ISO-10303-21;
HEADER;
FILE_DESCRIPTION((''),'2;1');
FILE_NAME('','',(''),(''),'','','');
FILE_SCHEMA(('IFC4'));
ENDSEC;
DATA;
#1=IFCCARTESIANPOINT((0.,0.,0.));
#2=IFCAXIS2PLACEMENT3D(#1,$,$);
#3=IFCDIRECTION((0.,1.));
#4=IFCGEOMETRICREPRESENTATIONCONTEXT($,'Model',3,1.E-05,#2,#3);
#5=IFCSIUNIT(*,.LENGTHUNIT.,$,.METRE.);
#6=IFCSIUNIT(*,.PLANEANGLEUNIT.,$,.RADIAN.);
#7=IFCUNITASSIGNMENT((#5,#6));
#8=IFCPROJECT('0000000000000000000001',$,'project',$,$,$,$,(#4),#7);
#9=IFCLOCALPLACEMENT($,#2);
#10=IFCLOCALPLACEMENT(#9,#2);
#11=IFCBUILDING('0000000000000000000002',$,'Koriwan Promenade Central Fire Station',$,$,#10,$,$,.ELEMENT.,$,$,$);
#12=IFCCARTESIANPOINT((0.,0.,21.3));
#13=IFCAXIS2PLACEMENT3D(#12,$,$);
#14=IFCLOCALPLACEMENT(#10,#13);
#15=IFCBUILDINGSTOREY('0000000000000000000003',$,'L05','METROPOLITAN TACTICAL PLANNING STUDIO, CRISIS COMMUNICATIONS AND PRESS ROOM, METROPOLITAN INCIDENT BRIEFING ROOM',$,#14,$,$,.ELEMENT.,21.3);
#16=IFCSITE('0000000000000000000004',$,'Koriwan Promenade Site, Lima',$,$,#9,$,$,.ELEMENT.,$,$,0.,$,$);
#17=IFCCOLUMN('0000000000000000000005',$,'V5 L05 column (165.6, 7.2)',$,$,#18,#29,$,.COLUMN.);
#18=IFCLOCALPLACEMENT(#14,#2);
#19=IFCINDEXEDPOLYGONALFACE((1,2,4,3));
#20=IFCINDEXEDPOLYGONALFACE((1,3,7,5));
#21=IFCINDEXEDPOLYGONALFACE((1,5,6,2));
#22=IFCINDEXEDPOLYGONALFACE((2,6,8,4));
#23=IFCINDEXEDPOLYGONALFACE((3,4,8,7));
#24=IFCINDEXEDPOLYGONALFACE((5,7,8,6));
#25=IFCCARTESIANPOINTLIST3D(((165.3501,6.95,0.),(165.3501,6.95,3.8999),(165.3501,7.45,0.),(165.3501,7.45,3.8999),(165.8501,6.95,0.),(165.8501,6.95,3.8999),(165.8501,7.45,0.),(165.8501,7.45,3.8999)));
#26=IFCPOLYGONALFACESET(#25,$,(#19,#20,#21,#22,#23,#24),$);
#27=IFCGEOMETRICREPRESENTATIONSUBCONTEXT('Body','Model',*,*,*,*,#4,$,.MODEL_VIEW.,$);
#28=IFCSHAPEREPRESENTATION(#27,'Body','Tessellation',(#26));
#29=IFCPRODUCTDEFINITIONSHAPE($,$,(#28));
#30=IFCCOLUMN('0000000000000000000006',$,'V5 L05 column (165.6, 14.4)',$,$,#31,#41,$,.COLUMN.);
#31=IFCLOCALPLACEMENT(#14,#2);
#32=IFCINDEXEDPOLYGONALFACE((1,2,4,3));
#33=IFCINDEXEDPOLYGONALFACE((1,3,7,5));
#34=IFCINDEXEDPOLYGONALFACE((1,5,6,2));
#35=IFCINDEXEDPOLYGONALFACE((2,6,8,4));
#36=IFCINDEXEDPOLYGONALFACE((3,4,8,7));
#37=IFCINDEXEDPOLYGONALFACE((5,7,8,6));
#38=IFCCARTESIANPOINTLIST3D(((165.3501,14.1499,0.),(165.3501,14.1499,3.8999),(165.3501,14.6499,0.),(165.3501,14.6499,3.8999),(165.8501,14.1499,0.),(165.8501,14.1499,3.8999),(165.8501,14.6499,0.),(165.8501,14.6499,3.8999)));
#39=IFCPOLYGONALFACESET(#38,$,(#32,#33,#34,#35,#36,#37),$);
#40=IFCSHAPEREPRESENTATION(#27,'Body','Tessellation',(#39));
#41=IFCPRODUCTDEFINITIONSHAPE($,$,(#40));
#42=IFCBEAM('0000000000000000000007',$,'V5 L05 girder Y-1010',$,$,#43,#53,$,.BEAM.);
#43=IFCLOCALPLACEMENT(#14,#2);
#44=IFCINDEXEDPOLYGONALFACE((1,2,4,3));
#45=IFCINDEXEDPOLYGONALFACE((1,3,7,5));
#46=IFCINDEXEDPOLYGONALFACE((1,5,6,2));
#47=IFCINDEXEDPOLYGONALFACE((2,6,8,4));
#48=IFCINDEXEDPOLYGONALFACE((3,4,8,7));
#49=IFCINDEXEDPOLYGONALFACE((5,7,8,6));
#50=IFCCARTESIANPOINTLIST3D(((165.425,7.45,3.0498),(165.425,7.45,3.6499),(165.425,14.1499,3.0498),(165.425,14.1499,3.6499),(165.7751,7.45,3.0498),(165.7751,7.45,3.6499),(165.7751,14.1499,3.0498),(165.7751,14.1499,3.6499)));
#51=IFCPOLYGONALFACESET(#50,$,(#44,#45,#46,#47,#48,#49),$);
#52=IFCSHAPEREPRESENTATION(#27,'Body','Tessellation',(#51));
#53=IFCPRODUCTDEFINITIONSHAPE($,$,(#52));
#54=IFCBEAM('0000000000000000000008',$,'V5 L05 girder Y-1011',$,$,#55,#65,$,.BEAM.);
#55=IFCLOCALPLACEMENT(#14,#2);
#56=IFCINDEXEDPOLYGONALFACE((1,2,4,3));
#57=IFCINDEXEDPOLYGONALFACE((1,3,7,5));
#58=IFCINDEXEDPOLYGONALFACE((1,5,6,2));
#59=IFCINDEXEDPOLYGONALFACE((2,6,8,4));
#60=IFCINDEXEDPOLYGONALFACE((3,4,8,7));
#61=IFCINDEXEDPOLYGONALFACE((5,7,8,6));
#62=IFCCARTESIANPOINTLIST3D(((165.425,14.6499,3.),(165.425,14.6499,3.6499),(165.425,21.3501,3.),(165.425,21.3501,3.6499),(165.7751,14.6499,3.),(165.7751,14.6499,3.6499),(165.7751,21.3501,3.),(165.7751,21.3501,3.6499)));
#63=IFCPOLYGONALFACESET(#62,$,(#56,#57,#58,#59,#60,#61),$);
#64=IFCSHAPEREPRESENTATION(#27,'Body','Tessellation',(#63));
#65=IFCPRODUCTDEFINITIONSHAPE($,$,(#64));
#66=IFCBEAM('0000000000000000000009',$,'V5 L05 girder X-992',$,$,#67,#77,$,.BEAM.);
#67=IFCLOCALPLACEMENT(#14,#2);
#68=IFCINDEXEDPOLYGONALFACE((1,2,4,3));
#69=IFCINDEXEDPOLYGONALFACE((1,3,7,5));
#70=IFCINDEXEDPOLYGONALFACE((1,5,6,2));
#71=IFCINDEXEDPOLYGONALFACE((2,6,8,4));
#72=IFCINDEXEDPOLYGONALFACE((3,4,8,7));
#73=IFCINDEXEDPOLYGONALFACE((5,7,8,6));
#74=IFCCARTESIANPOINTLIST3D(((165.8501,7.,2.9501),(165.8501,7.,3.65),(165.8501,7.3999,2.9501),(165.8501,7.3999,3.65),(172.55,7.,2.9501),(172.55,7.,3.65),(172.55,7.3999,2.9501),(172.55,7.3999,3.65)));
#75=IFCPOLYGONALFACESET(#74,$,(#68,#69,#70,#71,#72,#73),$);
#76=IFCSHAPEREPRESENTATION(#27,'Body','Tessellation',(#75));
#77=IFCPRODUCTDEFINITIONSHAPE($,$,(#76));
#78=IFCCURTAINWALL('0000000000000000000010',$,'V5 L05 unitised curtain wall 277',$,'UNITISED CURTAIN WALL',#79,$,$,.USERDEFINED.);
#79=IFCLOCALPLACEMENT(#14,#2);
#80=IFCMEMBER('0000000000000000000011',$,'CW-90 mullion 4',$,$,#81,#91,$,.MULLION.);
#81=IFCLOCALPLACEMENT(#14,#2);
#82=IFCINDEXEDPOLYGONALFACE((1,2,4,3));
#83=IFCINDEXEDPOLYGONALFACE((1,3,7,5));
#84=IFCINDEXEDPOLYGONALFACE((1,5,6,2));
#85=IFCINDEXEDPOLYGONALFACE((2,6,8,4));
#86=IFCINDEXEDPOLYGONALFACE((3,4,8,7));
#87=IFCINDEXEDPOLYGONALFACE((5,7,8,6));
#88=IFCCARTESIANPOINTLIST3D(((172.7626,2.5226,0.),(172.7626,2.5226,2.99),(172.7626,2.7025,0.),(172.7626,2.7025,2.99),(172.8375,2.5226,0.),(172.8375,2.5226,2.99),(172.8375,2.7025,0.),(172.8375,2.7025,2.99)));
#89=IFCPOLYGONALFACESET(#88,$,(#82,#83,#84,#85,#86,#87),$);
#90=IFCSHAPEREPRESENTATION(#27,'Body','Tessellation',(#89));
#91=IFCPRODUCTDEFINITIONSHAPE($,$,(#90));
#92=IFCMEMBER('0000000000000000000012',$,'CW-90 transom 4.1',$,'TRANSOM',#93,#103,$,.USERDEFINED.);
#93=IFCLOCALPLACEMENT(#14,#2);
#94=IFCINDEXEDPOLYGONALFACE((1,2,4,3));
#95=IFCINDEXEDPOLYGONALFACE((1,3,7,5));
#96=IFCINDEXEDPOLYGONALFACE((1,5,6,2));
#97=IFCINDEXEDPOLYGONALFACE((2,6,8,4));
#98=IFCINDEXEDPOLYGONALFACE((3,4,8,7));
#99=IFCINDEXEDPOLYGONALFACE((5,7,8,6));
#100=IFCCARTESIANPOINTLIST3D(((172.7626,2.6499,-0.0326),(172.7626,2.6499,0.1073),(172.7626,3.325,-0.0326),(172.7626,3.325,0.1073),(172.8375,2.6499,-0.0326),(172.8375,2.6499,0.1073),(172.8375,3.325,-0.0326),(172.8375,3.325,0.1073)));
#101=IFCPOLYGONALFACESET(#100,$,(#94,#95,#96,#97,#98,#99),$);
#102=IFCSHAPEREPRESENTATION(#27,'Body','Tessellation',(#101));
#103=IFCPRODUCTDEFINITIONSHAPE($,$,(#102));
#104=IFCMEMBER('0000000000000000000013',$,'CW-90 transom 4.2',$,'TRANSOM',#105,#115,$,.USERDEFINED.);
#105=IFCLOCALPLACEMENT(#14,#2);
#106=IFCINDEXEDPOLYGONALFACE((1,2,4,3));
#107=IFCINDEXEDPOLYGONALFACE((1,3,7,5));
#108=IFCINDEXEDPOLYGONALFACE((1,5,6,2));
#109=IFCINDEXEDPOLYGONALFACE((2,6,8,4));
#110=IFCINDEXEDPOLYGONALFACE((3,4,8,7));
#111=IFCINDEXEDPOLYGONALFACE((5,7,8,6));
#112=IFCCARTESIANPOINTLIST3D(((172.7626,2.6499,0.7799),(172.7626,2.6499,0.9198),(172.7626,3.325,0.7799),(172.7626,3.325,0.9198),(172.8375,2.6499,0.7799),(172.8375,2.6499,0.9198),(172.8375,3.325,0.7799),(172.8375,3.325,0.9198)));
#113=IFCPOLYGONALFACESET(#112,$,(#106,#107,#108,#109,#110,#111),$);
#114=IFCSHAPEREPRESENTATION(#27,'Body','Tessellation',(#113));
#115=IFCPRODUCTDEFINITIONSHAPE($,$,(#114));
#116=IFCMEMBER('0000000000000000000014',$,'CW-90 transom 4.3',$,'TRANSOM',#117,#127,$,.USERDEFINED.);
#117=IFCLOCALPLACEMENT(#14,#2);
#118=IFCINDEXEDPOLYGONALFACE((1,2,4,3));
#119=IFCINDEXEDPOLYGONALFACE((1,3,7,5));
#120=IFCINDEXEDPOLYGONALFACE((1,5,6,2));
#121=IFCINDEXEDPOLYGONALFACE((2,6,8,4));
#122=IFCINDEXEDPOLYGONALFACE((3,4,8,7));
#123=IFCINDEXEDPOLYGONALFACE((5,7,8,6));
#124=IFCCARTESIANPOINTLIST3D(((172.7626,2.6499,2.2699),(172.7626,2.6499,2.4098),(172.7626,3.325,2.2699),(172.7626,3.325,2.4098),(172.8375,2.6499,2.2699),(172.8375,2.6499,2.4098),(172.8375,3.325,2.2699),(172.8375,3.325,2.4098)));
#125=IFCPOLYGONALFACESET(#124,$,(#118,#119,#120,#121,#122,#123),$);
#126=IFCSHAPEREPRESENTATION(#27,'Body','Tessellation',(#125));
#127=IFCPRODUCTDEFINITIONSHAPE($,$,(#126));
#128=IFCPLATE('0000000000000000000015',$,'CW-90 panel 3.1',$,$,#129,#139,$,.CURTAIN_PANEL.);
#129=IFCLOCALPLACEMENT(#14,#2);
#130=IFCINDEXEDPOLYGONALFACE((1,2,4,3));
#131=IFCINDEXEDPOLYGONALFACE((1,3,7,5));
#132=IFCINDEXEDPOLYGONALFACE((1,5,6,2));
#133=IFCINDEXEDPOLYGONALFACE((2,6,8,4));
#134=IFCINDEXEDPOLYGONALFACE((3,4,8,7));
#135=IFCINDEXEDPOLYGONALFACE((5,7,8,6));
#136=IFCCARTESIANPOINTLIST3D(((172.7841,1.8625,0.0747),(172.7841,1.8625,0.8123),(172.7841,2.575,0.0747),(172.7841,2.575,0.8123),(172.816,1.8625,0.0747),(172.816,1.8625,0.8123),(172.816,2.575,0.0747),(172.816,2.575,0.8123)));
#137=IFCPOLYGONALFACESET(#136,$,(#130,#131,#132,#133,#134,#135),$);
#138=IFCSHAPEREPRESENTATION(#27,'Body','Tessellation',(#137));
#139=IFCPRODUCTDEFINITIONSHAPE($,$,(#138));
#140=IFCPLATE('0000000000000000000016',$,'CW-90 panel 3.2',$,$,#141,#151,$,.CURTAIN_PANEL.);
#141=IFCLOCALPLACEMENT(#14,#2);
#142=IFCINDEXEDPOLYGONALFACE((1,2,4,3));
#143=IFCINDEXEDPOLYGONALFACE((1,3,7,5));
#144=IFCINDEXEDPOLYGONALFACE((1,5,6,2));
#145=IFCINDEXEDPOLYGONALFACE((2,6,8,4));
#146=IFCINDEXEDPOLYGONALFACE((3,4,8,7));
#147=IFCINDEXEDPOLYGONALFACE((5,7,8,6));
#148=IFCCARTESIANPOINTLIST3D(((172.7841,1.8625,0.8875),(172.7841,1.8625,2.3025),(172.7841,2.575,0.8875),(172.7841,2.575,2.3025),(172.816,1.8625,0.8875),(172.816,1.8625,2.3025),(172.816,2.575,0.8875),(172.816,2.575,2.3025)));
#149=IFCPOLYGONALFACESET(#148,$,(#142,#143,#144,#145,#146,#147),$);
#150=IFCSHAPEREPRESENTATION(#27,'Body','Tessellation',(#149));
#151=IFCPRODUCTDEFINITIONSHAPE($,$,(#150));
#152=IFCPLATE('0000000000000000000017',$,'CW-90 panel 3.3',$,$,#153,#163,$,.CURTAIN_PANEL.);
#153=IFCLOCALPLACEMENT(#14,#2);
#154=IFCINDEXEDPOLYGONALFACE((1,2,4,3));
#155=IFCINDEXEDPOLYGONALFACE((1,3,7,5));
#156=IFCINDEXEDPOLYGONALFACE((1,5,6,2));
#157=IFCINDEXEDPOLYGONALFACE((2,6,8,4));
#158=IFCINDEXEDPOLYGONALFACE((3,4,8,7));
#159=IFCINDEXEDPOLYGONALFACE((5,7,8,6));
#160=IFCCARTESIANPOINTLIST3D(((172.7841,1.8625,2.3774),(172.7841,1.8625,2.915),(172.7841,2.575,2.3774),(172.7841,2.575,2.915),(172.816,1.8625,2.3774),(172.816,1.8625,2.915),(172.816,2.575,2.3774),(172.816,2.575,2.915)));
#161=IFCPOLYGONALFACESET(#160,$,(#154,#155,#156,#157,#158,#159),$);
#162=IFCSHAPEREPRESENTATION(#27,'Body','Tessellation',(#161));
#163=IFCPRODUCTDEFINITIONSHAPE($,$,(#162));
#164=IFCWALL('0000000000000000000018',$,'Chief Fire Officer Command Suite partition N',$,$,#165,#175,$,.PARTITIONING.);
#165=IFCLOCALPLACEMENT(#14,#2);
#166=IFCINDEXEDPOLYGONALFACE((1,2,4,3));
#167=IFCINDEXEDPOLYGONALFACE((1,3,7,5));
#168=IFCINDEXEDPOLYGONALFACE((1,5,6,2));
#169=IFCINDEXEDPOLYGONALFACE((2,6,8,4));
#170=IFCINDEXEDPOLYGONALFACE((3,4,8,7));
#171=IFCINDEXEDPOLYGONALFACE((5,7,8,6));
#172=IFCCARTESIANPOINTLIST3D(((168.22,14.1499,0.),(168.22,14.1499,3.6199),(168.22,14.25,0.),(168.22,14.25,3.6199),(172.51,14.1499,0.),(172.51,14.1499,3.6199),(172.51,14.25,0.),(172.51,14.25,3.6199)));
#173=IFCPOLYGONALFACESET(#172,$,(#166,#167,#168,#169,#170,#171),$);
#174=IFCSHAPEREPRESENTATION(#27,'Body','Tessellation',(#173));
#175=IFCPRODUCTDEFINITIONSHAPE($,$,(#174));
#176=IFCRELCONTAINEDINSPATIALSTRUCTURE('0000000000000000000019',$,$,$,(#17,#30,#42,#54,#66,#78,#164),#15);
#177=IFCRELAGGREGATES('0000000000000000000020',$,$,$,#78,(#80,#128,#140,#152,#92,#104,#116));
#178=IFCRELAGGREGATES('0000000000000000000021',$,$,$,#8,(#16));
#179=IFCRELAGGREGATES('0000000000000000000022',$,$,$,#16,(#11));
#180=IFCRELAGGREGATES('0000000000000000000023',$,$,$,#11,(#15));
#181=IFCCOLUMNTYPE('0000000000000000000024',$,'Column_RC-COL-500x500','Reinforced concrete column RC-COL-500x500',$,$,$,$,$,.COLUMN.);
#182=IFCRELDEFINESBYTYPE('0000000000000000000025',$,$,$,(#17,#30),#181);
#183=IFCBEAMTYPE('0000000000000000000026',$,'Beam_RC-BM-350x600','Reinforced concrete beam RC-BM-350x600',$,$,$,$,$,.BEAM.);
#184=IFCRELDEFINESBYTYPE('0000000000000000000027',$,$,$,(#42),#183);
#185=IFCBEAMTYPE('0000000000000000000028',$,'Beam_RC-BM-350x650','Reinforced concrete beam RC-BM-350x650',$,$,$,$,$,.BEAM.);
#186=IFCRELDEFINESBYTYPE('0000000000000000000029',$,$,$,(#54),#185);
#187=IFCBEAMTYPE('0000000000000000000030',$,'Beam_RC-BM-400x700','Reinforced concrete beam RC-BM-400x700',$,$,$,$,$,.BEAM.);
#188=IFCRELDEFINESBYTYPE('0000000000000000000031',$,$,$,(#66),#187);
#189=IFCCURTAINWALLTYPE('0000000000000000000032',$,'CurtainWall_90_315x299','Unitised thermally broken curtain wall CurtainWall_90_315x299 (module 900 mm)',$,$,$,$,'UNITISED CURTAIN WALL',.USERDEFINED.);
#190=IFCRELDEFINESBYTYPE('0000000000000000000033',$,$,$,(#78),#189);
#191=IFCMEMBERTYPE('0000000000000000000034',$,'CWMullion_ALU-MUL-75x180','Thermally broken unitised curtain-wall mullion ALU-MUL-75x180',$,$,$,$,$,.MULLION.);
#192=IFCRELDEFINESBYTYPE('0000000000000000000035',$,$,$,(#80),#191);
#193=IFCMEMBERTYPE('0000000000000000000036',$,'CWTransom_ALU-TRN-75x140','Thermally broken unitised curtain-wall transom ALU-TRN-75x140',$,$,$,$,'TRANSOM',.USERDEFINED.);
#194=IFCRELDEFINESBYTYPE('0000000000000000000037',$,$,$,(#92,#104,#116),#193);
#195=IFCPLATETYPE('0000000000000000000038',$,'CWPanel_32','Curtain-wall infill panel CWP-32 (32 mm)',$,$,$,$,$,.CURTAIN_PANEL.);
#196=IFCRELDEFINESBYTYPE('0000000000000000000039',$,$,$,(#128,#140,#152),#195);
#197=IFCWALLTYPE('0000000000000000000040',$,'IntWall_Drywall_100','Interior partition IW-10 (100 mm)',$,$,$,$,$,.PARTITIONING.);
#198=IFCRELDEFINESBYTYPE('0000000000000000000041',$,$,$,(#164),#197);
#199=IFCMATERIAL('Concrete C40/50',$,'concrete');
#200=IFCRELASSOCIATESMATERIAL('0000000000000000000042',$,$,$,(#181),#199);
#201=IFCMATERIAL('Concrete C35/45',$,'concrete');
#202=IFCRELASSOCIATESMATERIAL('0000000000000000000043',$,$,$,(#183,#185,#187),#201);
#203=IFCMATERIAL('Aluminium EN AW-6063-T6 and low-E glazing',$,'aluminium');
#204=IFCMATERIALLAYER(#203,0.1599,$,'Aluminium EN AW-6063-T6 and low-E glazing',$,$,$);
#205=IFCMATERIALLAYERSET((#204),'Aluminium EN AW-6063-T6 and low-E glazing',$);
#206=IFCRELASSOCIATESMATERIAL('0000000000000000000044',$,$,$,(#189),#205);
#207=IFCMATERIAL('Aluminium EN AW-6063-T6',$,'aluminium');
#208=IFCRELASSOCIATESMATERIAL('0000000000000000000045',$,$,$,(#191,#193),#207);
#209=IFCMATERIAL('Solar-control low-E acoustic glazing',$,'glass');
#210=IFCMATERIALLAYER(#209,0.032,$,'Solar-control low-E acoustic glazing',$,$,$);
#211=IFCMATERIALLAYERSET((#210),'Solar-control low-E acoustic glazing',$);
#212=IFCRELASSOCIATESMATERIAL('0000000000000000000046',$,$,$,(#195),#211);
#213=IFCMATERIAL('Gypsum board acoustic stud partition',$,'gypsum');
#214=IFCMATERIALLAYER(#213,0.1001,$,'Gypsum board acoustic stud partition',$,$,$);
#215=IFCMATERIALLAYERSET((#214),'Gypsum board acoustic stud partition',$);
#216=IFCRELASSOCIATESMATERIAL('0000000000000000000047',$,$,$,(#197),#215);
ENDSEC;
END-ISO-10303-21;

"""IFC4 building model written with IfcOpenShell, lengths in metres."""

from ifc_helpers import new_model, si_unit, direction, frame, frame_2d, origin, origin_2d, place, context, subcontext, project, spatial, rectangle, extrude, material, layer, layer_set, material_profile, profile_set, type_object, element, aggregate, save


model = new_model("IFC4")

# Units and contexts
model_context = context("Model", 3, precision=1e-05, world=origin(), true_north=direction((0.0, 1.0)))
body_context = subcontext(model_context, "Body", "Model", "MODEL_VIEW")
ifc_project = project(units=[si_unit("LENGTHUNIT", "METRE"), si_unit("PLANEANGLEUNIT", "RADIAN")], contexts=[model_context])

# Site, building, storey
site_placement = place(None, origin())
site = spatial("IfcSite", under=ifc_project, at=site_placement, Name="Koriwan Promenade Site, Lima", CompositionType="ELEMENT", RefElevation=0.0)
building_placement = place(site_placement, origin())
building = spatial("IfcBuilding", under=site, at=building_placement, Name="Koriwan Promenade Central Fire Station", CompositionType="ELEMENT")
storey_placement = place(building_placement, frame((0.0, 0.0, 21.3)))
storey = spatial("IfcBuildingStorey", under=building, at=storey_placement, Name="L05", Description="METROPOLITAN TACTICAL PLANNING STUDIO, CRISIS COMMUNICATIONS AND PRESS ROOM, METROPOLITAN INCIDENT BRIEFING ROOM", CompositionType="ELEMENT", Elevation=21.3)

# Columns
ifc_material_1 = material(Name="Concrete C40/50", Category="concrete")
ifc_material_profile_1 = material_profile(ifc_material_1, rectangle(XDim=0.5, YDim=0.5, at=origin_2d()), Name="RC-COL-500x500")
ifc_profile_set_1 = profile_set([ifc_material_profile_1], Name="Concrete C40/50")
column_type = type_object("IfcColumnType", Name="Column_RC-COL-500x500", Description="Reinforced concrete column RC-COL-500x500", PredefinedType="COLUMN", material=ifc_profile_set_1)
for number, where, z_axis, x_axis, name in (
    (1, (165.6001, 7.2, 0.0), (0.0, 0.0, 1.0), (1.0, 0.0, 0.0), "V5 L05 column (165.6, 7.2)"),
    (2, (165.6001, 14.3999, 0.0), (0.0, 0.0, 1.0), (1.0, 0.0, 0.0), "V5 L05 column (165.6, 14.4)"),
):
    element("IfcColumn", number, at=place(storey_placement, frame(where, z_axis=z_axis, x_axis=x_axis)), inside=storey, type_object=column_type, Name=name, PredefinedType="COLUMN", context=body_context, shape_type="SweptSolid", body=[
        extrude(rectangle(XDim=0.5, YDim=0.5, at=origin_2d()), origin(), (0.0, 0.0, 1.0), 3.8999),
    ])

# Beams
ifc_material_2 = material(Name="Concrete C35/45", Category="concrete")
ifc_material_profile_2 = material_profile(ifc_material_2, rectangle(XDim=0.3501, YDim=0.6001, at=origin_2d()), Name="RC-BM-350x600")
ifc_profile_set_2 = profile_set([ifc_material_profile_2], Name="Concrete C35/45")
beam_type_1 = type_object("IfcBeamType", Name="Beam_RC-BM-350x600", Description="Reinforced concrete beam RC-BM-350x600", PredefinedType="BEAM", material=ifc_profile_set_2)
beam_1_placement = place(storey_placement, frame((165.6001, 7.45, 3.3499), z_axis=(0.0, 1.0, 0.0), x_axis=(-1.0, 0.0, 0.0)))
element("IfcBeam", 3, at=beam_1_placement, inside=storey, type_object=beam_type_1, Name="V5 L05 girder Y-1010", PredefinedType="BEAM", context=body_context, shape_type="SweptSolid", body=[
    extrude(rectangle(XDim=0.3501, YDim=0.6001, at=origin_2d()), origin(), (0.0, 0.0, 1.0), 6.7),
])
ifc_material_profile_3 = material_profile(ifc_material_2, rectangle(XDim=0.3501, YDim=0.6499, at=origin_2d()), Name="RC-BM-350x650")
ifc_profile_set_3 = profile_set([ifc_material_profile_3], Name="Concrete C35/45")
beam_type_2 = type_object("IfcBeamType", Name="Beam_RC-BM-350x650", Description="Reinforced concrete beam RC-BM-350x650", PredefinedType="BEAM", material=ifc_profile_set_3)
beam_2_placement = place(storey_placement, frame((165.6001, 14.6499, 3.325), z_axis=(0.0, 1.0, 0.0), x_axis=(-1.0, 0.0, 0.0)))
element("IfcBeam", 4, at=beam_2_placement, inside=storey, type_object=beam_type_2, Name="V5 L05 girder Y-1011", PredefinedType="BEAM", context=body_context, shape_type="SweptSolid", body=[
    extrude(rectangle(XDim=0.3501, YDim=0.6499, at=origin_2d()), origin(), (0.0, 0.0, 1.0), 6.7002),
])
ifc_material_profile_4 = material_profile(ifc_material_2, rectangle(XDim=0.3999, YDim=0.7, at=origin_2d()), Name="RC-BM-400x700")
ifc_profile_set_4 = profile_set([ifc_material_profile_4], Name="Concrete C35/45")
beam_type_3 = type_object("IfcBeamType", Name="Beam_RC-BM-400x700", Description="Reinforced concrete beam RC-BM-400x700", PredefinedType="BEAM", material=ifc_profile_set_4)
beam_3_placement = place(storey_placement, frame((165.8501, 7.2, 3.3), z_axis=(1.0, 0.0, 0.0), x_axis=(0.0, 1.0, 0.0)))
element("IfcBeam", 5, at=beam_3_placement, inside=storey, type_object=beam_type_3, Name="V5 L05 girder X-992", PredefinedType="BEAM", context=body_context, shape_type="SweptSolid", body=[
    extrude(rectangle(XDim=0.3999, YDim=0.7, at=origin_2d()), origin(), (0.0, 0.0, 1.0), 6.7),
])

# Curtain wall, members, plates
ifc_material_3 = material(Name="Aluminium EN AW-6063-T6 and low-E glazing", Category="aluminium")
ifc_layer_1 = layer(ifc_material_3, 0.1599, Name="Aluminium EN AW-6063-T6 and low-E glazing")
ifc_layer_set_1 = layer_set([ifc_layer_1], Name="Aluminium EN AW-6063-T6 and low-E glazing")
curtain_wall_type = type_object("IfcCurtainWallType", Name="CurtainWall_90_315x299", Description="Unitised thermally broken curtain wall CurtainWall_90_315x299 (module 900 mm)", ElementType="UNITISED CURTAIN WALL", PredefinedType="USERDEFINED", material=ifc_layer_set_1)
curtain_wall_placement = place(storey_placement, origin())
curtain_wall = element("IfcCurtainWall", 6, at=curtain_wall_placement, inside=storey, type_object=curtain_wall_type, Name="V5 L05 unitised curtain wall 277", ObjectType="UNITISED CURTAIN WALL", PredefinedType="USERDEFINED")
ifc_material_4 = material(Name="Aluminium EN AW-6063-T6", Category="aluminium")
ifc_material_profile_5 = material_profile(ifc_material_4, rectangle(XDim=0.075, YDim=0.1799, at=origin_2d()), Name="ALU-MUL-75x180")
ifc_profile_set_5 = profile_set([ifc_material_profile_5], Name="Aluminium EN AW-6063-T6")
member_type_1 = type_object("IfcMemberType", Name="CWMullion_ALU-MUL-75x180", Description="Thermally broken unitised curtain-wall mullion ALU-MUL-75x180", PredefinedType="MULLION", material=ifc_profile_set_5)
member_1_placement = place(storey_placement, frame((172.8, 2.6125, 0.0), z_axis=(0.0, 0.0, 1.0), x_axis=(-1.0, 0.0, 0.0)))
member_1 = element("IfcMember", 7, at=member_1_placement, type_object=member_type_1, Name="CW-90 mullion 4", PredefinedType="MULLION", context=body_context, shape_type="SweptSolid", body=[
    extrude(rectangle(XDim=0.075, YDim=0.1799, at=origin_2d()), origin(), (0.0, 0.0, 1.0), 2.99),
])
ifc_material_profile_6 = material_profile(ifc_material_4, rectangle(XDim=0.075, YDim=0.1399, at=origin_2d()), Name="ALU-TRN-75x140")
ifc_profile_set_6 = profile_set([ifc_material_profile_6], Name="Aluminium EN AW-6063-T6")
member_type_2 = type_object("IfcMemberType", Name="CWTransom_ALU-TRN-75x140", Description="Thermally broken unitised curtain-wall transom ALU-TRN-75x140", ElementType="TRANSOM", PredefinedType="USERDEFINED", material=ifc_profile_set_6)
member_2_placement = place(storey_placement, frame((172.8, 2.6499, 0.0374), z_axis=(0.0, 1.0, 0.0), x_axis=(-1.0, 0.0, 0.0)))
member_2 = element("IfcMember", 8, at=member_2_placement, type_object=member_type_2, Name="CW-90 transom 4.1", ObjectType="TRANSOM", PredefinedType="USERDEFINED", context=body_context, shape_type="SweptSolid", body=[
    extrude(rectangle(XDim=0.075, YDim=0.1399, at=origin_2d()), origin(), (0.0, 0.0, 1.0), 0.675),
])
member_3_placement = place(storey_placement, frame((172.8, 2.6499, 0.8499), z_axis=(0.0, 1.0, 0.0), x_axis=(-1.0, 0.0, 0.0)))
member_3 = element("IfcMember", 9, at=member_3_placement, type_object=member_type_2, Name="CW-90 transom 4.2", ObjectType="TRANSOM", PredefinedType="USERDEFINED", context=body_context, shape_type="SweptSolid", body=[
    extrude(rectangle(XDim=0.075, YDim=0.1399, at=origin_2d()), origin(), (0.0, 0.0, 1.0), 0.675),
])
member_4_placement = place(storey_placement, frame((172.8, 2.6499, 2.3398), z_axis=(0.0, 1.0, 0.0), x_axis=(-1.0, 0.0, 0.0)))
member_4 = element("IfcMember", 10, at=member_4_placement, type_object=member_type_2, Name="CW-90 transom 4.3", ObjectType="TRANSOM", PredefinedType="USERDEFINED", context=body_context, shape_type="SweptSolid", body=[
    extrude(rectangle(XDim=0.075, YDim=0.1399, at=origin_2d()), origin(), (0.0, 0.0, 1.0), 0.675),
])
ifc_material_5 = material(Name="Solar-control low-E acoustic glazing", Category="glass")
ifc_layer_2 = layer(ifc_material_5, 0.032, Name="Solar-control low-E acoustic glazing")
ifc_layer_set_2 = layer_set([ifc_layer_2], Name="Solar-control low-E acoustic glazing")
plate_type = type_object("IfcPlateType", Name="CWPanel_32", Description="Curtain-wall infill panel CWP-32 (32 mm)", PredefinedType="CURTAIN_PANEL", material=ifc_layer_set_2)
plate_1_placement = place(storey_placement, frame((172.8, 2.2188, 0.0747), z_axis=(0.0, 0.0, 1.0), x_axis=(0.0, 1.0, 0.0)))
plate_1 = element("IfcPlate", 11, at=plate_1_placement, type_object=plate_type, Name="CW-90 panel 3.1", PredefinedType="CURTAIN_PANEL", context=body_context, shape_type="SweptSolid", body=[
    extrude(rectangle(XDim=0.7124, YDim=0.032, at=origin_2d()), origin(), (0.0, 0.0, 1.0), 0.7375),
])
plate_2_placement = place(storey_placement, frame((172.8, 2.2188, 0.8875), z_axis=(0.0, 0.0, 1.0), x_axis=(0.0, 1.0, 0.0)))
plate_2 = element("IfcPlate", 12, at=plate_2_placement, type_object=plate_type, Name="CW-90 panel 3.2", PredefinedType="CURTAIN_PANEL", context=body_context, shape_type="SweptSolid", body=[
    extrude(rectangle(XDim=0.7124, YDim=0.032, at=origin_2d()), origin(), (0.0, 0.0, 1.0), 1.415),
])
plate_3_placement = place(storey_placement, frame((172.8, 2.2188, 2.3774), z_axis=(0.0, 0.0, 1.0), x_axis=(0.0, 1.0, 0.0)))
plate_3 = element("IfcPlate", 13, at=plate_3_placement, type_object=plate_type, Name="CW-90 panel 3.3", PredefinedType="CURTAIN_PANEL", context=body_context, shape_type="SweptSolid", body=[
    extrude(rectangle(XDim=0.7124, YDim=0.032, at=origin_2d()), origin(), (0.0, 0.0, 1.0), 0.5376),
])
aggregate(curtain_wall, [member_1, plate_1, plate_2, plate_3, member_2, member_3, member_4])

# Wall
ifc_material_6 = material(Name="Gypsum board acoustic stud partition", Category="gypsum")
ifc_layer_3 = layer(ifc_material_6, 0.1001, Name="Gypsum board acoustic stud partition")
ifc_layer_set_3 = layer_set([ifc_layer_3], Name="Gypsum board acoustic stud partition")
wall_type_1 = type_object("IfcWallType", Name="IntWall_Drywall_100", Description="Interior partition IW-10 (100 mm)", PredefinedType="PARTITIONING", material=ifc_layer_set_3)
wall_1_placement = place(storey_placement, frame((168.22, 14.2, 0.0), z_axis=(0.0, 0.0, 1.0), x_axis=(1.0, 0.0, 0.0)))
element("IfcWall", 14, at=wall_1_placement, inside=storey, type_object=wall_type_1, Name="Chief Fire Officer Command Suite partition N", PredefinedType="PARTITIONING", context=body_context, shape_type="SweptSolid", body=[
    extrude(rectangle(XDim=4.29, YDim=0.1001, at=frame_2d((2.145, 0.0))), origin(), (0.0, 0.0, 1.0), 3.6199),
])

save(model, "model.ifc")
